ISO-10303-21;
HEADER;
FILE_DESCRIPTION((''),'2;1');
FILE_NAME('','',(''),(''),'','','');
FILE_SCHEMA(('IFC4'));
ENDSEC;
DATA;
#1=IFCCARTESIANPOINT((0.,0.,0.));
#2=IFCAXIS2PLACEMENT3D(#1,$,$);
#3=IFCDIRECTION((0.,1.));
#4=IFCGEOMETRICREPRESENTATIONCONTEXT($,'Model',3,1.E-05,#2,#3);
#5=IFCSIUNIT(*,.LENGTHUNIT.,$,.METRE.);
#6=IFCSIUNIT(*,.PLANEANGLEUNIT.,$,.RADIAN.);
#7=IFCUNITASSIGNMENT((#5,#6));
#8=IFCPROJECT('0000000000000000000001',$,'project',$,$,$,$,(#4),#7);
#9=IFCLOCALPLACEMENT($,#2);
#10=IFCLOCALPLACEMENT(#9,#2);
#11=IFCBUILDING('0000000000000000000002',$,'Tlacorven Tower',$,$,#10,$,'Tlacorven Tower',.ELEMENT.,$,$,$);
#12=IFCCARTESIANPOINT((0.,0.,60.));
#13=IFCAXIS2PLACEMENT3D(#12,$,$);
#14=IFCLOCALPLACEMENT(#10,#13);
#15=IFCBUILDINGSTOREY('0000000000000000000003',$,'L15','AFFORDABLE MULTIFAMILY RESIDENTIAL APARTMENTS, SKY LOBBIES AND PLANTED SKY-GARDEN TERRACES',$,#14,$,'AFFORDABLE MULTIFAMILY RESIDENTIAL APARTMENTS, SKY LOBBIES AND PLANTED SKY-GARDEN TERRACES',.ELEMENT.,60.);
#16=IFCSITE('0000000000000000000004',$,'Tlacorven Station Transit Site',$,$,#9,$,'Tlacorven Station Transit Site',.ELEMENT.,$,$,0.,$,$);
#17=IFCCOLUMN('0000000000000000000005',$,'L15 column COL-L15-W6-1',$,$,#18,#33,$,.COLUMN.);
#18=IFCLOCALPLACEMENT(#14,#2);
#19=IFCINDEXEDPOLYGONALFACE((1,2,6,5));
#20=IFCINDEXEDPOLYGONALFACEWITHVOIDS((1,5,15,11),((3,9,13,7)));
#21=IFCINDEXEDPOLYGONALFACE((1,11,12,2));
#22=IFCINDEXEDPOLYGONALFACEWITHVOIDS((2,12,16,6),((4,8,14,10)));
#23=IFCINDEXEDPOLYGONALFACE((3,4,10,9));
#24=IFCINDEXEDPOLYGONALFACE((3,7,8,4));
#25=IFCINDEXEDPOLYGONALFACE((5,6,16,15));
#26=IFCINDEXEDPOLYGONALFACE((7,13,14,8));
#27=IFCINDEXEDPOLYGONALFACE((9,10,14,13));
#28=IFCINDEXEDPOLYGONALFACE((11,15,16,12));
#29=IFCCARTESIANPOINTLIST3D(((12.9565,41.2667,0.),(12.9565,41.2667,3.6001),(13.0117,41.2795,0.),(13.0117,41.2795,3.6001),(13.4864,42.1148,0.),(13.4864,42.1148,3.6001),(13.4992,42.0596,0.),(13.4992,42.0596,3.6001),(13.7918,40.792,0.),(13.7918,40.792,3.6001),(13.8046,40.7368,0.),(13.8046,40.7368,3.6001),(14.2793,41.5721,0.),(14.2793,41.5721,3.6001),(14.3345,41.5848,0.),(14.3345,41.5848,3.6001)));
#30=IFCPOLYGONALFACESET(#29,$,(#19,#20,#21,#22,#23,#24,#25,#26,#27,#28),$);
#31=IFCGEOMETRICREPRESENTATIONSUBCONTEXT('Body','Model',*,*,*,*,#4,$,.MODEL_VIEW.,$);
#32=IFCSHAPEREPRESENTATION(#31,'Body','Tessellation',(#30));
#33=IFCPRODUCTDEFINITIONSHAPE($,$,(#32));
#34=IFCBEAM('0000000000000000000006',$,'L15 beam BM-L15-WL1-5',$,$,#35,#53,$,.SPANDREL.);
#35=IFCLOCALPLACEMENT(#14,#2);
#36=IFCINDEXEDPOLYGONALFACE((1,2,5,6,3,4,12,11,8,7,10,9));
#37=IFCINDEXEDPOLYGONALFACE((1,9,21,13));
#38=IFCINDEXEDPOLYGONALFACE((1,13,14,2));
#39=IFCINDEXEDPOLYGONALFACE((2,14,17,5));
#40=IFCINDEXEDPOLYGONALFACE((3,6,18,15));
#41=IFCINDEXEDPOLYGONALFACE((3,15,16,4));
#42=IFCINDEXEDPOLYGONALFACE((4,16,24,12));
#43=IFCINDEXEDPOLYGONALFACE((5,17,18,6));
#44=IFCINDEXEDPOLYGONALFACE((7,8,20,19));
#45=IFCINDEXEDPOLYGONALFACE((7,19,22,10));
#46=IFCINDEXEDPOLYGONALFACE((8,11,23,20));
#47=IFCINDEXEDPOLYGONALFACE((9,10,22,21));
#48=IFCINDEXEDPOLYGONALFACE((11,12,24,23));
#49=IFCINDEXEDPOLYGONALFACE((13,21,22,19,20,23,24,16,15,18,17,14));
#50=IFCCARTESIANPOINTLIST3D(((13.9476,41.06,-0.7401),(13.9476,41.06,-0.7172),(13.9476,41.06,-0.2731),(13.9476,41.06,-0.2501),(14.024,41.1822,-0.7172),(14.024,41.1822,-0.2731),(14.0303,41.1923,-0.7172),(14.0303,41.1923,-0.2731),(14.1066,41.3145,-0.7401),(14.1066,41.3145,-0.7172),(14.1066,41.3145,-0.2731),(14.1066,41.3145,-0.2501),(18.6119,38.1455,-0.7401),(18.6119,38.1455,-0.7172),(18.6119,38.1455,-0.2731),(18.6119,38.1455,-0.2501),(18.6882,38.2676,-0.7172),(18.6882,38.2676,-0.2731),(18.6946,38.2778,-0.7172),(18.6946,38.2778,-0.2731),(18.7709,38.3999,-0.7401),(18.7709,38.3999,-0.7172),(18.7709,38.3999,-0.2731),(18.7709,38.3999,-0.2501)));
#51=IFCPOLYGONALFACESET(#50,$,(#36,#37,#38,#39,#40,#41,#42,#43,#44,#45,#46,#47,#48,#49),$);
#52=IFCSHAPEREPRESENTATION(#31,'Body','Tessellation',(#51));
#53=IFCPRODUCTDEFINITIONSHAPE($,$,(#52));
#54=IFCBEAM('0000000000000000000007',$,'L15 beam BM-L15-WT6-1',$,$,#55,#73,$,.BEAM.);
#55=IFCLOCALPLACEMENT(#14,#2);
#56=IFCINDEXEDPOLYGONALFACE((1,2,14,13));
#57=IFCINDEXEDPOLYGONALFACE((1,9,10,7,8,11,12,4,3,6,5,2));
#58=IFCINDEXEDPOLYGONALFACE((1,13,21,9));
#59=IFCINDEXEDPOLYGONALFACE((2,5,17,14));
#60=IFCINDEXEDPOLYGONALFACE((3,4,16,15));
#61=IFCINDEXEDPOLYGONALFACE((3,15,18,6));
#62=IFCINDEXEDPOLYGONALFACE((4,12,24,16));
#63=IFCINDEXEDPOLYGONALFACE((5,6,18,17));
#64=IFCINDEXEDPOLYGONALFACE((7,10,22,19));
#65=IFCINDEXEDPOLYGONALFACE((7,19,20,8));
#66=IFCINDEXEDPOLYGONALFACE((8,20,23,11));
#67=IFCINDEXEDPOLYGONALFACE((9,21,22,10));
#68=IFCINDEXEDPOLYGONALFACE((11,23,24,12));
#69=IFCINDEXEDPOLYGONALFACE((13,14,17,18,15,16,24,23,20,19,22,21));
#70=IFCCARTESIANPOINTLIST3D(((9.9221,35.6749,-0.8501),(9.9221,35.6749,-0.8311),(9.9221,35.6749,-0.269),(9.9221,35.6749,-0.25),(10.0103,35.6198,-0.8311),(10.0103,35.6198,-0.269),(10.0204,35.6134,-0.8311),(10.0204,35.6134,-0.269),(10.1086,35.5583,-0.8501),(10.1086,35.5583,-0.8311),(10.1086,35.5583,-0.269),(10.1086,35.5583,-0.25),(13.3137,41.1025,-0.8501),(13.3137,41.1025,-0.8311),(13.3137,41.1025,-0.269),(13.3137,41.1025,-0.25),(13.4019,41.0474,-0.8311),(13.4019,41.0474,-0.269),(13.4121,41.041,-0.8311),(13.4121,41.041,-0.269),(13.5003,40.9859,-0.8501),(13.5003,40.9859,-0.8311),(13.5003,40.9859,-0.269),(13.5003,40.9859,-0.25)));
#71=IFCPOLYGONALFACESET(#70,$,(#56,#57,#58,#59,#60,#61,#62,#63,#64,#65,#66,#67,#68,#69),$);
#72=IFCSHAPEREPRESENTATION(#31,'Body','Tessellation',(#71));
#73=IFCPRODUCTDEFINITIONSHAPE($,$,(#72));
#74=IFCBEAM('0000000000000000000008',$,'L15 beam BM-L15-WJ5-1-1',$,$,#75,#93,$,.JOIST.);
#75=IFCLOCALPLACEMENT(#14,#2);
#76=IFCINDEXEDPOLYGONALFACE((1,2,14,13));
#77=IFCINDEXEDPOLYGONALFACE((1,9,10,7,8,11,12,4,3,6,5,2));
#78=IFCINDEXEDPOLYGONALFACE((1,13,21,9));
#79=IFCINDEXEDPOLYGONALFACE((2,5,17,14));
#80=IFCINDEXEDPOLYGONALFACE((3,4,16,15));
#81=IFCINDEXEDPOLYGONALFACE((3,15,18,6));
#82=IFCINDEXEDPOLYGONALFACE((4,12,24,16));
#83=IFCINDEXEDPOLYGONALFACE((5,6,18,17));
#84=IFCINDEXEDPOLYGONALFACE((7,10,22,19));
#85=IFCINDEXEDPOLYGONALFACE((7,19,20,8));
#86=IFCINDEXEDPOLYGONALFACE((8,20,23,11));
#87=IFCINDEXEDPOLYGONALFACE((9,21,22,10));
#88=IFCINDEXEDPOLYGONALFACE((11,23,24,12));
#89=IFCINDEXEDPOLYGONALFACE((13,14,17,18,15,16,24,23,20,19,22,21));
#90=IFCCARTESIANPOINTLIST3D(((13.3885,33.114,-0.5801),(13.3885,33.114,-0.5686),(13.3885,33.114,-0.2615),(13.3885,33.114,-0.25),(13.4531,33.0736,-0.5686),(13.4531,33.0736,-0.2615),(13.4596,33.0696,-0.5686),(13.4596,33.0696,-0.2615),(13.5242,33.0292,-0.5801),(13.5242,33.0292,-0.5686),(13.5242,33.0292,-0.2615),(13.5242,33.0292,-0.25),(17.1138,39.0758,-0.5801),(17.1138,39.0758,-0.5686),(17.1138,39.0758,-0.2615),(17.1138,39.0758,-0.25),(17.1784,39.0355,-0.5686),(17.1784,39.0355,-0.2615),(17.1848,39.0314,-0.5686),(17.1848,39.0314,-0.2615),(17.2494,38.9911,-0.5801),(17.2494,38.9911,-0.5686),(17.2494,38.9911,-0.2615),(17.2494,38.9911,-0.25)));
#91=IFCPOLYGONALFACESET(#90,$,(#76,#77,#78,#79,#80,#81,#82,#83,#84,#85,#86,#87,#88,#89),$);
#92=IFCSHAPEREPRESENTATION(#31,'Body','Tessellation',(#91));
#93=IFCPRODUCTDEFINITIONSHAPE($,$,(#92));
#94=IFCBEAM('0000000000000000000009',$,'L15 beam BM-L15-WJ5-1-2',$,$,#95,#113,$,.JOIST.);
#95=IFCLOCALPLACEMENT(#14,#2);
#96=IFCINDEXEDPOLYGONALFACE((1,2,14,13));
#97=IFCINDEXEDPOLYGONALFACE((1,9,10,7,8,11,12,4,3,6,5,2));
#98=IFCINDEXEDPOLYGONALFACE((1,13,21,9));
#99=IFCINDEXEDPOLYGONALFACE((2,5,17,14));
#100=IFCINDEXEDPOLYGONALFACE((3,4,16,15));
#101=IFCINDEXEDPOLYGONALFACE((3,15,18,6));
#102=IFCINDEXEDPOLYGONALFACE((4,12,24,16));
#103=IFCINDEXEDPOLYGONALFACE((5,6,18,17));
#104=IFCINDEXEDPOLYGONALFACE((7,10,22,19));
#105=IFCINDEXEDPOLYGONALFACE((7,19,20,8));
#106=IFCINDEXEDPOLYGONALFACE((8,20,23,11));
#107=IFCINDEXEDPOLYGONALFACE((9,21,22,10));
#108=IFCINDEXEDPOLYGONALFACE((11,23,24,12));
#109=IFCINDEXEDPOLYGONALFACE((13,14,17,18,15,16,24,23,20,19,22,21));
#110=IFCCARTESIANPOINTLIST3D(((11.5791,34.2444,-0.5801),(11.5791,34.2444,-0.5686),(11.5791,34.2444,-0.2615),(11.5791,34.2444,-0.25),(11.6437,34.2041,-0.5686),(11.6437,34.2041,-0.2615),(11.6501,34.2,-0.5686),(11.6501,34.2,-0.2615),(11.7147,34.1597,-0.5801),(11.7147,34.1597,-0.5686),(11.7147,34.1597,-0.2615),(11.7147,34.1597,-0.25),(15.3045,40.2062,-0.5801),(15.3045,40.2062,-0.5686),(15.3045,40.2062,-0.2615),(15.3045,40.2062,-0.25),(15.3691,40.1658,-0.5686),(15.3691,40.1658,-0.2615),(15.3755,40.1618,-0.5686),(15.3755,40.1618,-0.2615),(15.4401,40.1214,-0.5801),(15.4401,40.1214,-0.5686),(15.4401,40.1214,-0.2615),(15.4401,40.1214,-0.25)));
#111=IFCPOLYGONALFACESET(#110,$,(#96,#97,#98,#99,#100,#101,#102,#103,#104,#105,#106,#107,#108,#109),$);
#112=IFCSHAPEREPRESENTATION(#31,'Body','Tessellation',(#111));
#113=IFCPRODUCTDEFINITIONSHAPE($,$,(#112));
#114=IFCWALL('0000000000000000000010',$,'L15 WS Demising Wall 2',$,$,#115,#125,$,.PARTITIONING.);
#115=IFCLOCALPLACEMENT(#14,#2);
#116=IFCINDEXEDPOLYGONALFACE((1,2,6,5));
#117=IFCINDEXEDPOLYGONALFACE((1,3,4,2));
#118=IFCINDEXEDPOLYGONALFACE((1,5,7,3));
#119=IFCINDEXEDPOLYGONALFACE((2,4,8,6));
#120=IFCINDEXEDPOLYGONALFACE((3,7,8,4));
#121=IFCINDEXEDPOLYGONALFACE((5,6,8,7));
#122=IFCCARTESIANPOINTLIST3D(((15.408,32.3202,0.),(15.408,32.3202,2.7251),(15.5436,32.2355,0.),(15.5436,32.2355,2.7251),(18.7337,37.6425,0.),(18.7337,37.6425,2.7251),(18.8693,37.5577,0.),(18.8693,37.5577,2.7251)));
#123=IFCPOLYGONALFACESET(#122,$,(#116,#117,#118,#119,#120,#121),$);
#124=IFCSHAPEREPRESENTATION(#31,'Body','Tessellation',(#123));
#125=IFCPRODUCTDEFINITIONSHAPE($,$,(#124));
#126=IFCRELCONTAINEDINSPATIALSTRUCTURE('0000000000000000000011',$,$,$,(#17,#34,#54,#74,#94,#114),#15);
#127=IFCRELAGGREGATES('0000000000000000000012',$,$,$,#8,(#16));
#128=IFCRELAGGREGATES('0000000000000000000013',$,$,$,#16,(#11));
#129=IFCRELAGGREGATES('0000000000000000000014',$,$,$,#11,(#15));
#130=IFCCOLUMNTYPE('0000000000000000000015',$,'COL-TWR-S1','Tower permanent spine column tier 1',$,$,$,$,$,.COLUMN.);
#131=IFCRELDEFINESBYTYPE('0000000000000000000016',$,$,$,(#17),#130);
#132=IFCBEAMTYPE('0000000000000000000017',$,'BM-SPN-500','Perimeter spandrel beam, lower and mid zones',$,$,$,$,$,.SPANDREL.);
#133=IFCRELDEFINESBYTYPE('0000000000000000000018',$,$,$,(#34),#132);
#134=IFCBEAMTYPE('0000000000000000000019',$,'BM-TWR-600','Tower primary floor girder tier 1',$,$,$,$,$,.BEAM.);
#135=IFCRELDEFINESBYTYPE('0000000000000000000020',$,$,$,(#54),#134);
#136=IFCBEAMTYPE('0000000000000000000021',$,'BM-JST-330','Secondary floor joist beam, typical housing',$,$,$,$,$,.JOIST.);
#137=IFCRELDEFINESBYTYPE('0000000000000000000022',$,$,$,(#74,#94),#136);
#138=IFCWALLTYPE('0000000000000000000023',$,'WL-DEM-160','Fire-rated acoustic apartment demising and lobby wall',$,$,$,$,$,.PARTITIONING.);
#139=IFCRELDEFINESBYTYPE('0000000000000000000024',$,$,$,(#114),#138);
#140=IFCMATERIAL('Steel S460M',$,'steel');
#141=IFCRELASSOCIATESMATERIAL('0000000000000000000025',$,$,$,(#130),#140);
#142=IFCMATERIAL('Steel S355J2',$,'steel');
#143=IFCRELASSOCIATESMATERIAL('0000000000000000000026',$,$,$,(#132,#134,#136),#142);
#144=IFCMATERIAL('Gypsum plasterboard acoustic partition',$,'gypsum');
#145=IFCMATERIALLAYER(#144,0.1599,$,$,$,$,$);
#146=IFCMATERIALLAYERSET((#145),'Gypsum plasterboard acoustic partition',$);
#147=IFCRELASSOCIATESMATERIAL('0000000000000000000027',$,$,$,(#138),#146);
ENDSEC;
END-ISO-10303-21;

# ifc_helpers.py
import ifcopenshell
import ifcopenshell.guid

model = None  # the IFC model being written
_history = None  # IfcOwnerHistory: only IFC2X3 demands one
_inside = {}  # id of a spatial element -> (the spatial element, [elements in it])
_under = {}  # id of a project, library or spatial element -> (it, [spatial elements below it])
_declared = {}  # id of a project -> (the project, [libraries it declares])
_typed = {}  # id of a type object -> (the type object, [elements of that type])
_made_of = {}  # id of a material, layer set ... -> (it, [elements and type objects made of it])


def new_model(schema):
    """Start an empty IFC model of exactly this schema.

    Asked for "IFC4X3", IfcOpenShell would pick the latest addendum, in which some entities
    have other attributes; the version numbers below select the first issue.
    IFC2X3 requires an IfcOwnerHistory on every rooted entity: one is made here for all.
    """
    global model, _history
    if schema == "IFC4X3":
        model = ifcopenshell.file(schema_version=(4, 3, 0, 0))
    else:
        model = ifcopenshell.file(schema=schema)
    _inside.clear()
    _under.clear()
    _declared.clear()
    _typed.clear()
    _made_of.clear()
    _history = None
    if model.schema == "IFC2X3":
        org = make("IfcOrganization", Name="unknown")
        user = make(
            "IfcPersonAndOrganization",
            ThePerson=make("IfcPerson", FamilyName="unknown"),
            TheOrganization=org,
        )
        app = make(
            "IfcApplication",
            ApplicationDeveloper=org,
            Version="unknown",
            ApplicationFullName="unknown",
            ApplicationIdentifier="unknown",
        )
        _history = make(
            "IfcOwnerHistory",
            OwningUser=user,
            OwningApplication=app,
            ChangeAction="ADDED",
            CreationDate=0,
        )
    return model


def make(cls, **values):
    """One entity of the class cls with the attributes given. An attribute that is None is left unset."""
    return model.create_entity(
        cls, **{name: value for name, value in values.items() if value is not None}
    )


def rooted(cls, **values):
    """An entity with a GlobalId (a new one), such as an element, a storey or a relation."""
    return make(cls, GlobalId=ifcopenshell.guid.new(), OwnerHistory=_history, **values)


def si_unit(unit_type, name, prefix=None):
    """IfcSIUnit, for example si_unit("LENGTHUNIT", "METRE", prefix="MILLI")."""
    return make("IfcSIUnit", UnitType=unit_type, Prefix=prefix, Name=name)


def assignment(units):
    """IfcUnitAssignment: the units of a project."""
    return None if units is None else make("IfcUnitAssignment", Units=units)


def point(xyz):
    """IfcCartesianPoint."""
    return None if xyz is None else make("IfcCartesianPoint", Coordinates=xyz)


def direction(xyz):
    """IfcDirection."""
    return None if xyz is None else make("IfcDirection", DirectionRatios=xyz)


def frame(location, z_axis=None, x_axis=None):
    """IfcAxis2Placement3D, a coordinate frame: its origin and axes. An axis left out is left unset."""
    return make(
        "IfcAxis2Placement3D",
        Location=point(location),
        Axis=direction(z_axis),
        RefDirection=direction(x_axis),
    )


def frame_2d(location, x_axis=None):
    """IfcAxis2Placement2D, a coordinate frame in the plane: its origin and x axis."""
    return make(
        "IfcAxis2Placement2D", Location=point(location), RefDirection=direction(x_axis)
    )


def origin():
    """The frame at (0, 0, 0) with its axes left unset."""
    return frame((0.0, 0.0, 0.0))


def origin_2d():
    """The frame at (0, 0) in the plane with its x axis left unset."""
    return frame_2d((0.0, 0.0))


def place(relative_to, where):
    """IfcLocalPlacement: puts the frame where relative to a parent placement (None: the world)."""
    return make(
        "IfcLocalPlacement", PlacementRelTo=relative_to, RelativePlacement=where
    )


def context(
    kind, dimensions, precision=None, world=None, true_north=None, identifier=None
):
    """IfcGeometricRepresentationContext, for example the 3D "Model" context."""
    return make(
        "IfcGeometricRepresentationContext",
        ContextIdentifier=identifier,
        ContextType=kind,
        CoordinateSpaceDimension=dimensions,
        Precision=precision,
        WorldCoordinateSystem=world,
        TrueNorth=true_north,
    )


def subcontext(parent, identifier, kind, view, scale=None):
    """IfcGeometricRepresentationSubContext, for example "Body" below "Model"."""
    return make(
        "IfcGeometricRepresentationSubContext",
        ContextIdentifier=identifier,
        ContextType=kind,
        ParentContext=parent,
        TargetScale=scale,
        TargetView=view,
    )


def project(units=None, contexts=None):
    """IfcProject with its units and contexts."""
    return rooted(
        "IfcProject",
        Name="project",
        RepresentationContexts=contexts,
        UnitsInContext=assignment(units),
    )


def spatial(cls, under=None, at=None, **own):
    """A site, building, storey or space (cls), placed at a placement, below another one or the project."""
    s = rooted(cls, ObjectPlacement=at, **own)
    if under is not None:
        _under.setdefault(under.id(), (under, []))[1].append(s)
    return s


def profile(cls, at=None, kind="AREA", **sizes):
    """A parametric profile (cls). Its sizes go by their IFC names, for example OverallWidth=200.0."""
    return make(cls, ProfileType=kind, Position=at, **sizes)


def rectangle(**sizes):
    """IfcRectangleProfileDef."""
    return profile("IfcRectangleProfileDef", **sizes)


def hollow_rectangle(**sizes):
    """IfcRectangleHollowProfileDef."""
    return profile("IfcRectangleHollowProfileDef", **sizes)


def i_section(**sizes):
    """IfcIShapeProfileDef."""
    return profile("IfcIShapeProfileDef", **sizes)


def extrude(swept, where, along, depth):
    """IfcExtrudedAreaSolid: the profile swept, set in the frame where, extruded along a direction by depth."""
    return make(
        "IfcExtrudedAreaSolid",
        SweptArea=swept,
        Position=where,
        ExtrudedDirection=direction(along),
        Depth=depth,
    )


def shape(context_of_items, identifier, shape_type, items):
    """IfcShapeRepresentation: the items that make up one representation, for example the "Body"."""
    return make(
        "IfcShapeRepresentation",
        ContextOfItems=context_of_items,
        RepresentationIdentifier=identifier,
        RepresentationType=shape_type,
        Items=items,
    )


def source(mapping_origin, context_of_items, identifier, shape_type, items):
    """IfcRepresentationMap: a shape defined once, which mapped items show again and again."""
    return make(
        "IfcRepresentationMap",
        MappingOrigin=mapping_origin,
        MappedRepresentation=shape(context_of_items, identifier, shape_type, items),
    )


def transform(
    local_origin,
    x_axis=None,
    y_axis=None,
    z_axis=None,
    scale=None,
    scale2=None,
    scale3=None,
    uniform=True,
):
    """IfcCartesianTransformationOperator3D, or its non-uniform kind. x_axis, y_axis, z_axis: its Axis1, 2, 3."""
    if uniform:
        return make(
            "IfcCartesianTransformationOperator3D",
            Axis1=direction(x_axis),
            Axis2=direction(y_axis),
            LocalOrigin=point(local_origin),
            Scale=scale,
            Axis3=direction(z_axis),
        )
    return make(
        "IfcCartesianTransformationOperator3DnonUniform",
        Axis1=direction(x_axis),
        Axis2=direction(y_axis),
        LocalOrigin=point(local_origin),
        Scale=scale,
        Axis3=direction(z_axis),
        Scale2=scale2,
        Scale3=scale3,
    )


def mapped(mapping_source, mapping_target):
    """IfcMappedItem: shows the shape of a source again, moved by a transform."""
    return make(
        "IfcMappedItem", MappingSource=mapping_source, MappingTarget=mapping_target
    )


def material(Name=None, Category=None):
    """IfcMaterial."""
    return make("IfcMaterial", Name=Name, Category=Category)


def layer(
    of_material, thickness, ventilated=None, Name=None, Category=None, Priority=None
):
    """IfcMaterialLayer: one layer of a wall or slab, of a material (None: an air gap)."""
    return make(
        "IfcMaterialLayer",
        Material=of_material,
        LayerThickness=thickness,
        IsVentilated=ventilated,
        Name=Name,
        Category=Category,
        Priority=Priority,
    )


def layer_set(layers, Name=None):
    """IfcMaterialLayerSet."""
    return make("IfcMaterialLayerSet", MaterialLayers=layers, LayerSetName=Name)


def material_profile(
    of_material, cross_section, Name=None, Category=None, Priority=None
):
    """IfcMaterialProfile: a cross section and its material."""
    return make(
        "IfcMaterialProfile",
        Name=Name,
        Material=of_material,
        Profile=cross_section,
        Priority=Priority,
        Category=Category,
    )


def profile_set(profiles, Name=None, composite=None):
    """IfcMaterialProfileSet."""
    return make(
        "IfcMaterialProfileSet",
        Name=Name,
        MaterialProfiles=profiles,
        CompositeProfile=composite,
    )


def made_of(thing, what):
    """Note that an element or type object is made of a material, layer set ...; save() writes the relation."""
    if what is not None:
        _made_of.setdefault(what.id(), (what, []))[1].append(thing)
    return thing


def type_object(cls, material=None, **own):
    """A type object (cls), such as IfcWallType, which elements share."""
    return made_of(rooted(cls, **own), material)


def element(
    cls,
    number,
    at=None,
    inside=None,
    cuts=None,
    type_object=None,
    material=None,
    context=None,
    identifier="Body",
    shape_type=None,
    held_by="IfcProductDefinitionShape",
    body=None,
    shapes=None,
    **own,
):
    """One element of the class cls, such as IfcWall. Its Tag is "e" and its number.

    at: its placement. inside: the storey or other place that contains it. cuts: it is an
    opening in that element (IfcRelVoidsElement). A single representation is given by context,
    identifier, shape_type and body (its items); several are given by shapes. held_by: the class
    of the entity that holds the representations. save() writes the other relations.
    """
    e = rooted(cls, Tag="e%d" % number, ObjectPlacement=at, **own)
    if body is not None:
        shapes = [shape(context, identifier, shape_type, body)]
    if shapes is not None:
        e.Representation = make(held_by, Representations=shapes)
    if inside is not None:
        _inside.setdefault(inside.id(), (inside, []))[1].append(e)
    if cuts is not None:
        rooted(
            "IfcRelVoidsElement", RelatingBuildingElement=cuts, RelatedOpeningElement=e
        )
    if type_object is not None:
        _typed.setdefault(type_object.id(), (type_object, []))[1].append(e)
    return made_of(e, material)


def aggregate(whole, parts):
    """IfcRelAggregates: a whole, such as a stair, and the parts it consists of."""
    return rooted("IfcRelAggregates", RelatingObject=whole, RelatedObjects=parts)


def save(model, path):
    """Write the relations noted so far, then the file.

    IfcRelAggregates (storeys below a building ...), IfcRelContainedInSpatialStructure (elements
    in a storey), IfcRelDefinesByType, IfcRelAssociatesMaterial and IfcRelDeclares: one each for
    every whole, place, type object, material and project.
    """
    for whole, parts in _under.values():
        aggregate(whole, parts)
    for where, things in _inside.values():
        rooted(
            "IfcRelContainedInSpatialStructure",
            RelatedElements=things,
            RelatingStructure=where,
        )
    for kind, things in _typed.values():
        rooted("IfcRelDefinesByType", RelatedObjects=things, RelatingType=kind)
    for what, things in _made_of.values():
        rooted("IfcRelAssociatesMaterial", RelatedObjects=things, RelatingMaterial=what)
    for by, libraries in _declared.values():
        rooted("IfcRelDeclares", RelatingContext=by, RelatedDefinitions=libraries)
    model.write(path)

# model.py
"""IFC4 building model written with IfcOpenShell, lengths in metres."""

from ifc_helpers import new_model, si_unit, direction, frame, frame_2d, origin, origin_2d, place, context, subcontext, project, spatial, rectangle, hollow_rectangle, i_section, extrude, source, transform, mapped, material, layer, layer_set, material_profile, profile_set, type_object, element, save


model = new_model("IFC4")

# Units and contexts
model_context = context("Model", 3, precision=1e-05, world=origin(), true_north=direction((0.0, 1.0)))
body_context = subcontext(model_context, "Body", "Model", "MODEL_VIEW")
ifc_project = project(units=[si_unit("LENGTHUNIT", "METRE"), si_unit("PLANEANGLEUNIT", "RADIAN")], contexts=[model_context])

# Site, building, storey
site_placement = place(None, origin())
site = spatial("IfcSite", under=ifc_project, at=site_placement, Name="Tlacorven Station Transit Site", LongName="Tlacorven Station Transit Site", CompositionType="ELEMENT", RefElevation=0.0)
building_placement = place(site_placement, origin())
building = spatial("IfcBuilding", under=site, at=building_placement, Name="Tlacorven Tower", LongName="Tlacorven Tower", CompositionType="ELEMENT")
storey_placement = place(building_placement, frame((0.0, 0.0, 60.0)))
storey = spatial("IfcBuildingStorey", under=building, at=storey_placement, Name="L15", Description="AFFORDABLE MULTIFAMILY RESIDENTIAL APARTMENTS, SKY LOBBIES AND PLANTED SKY-GARDEN TERRACES", LongName="AFFORDABLE MULTIFAMILY RESIDENTIAL APARTMENTS, SKY LOBBIES AND PLANTED SKY-GARDEN TERRACES", CompositionType="ELEMENT", Elevation=60.0)

# Column
ifc_material_1 = material(Name="Steel S460M", Category="steel")
ifc_material_profile_1 = material_profile(ifc_material_1, hollow_rectangle(XDim=1.0, YDim=1.0, WallThickness=0.04, at=origin_2d()), Name="BOX 1000X1000X40")
ifc_profile_set_1 = profile_set([ifc_material_profile_1], Name="Steel S460M")
column_type = type_object("IfcColumnType", Name="COL-TWR-S1", Description="Tower permanent spine column tier 1", PredefinedType="COLUMN", material=ifc_profile_set_1)
shared_shape_1 = source(origin(), body_context, "Body", "SweptSolid", [
    extrude(hollow_rectangle(XDim=1.0, YDim=1.0, WallThickness=0.04, at=origin_2d()), origin(), (0.0, 0.0, 1.0), 3.6001),
])
column_placement = place(storey_placement, frame((13.6455, 41.4258, 0.0), z_axis=(0.0, 0.0, 1.0), x_axis=(-0.848048, 0.529919, 0.0)))
element("IfcColumn", 1, at=column_placement, inside=storey, type_object=column_type, Name="L15 column COL-L15-W6-1", PredefinedType="COLUMN", context=body_context, shape_type="MappedRepresentation", body=[
    mapped(shared_shape_1, transform((0.0, 0.0, 0.0), scale=1.0)),
])

# Beams
ifc_material_2 = material(Name="Steel S355J2", Category="steel")
ifc_material_profile_2 = material_profile(ifc_material_2, i_section(OverallWidth=0.3, OverallDepth=0.49, WebThickness=0.012, FlangeThickness=0.0229, at=origin_2d()), Name="HEA 500")
ifc_profile_set_2 = profile_set([ifc_material_profile_2], Name="Steel S355J2")
beam_type_1 = type_object("IfcBeamType", Name="BM-SPN-500", Description="Perimeter spandrel beam, lower and mid zones", PredefinedType="SPANDREL", material=ifc_profile_set_2)
shared_shape_2 = source(origin(), body_context, "Body", "SweptSolid", [
    extrude(i_section(OverallWidth=0.3, OverallDepth=0.49, WebThickness=0.012, FlangeThickness=0.0229, at=origin_2d()), origin(), (0.0, 0.0, 1.0), 5.5),
])
beam_1_placement = place(storey_placement, frame((18.6914, 38.2727, -0.4951), z_axis=(-0.848051, 0.529915, 0.0), x_axis=(-0.529915, -0.848051, 0.0)))
element("IfcBeam", 2, at=beam_1_placement, inside=storey, type_object=beam_type_1, Name="L15 beam BM-L15-WL1-5", PredefinedType="SPANDREL", context=body_context, shape_type="MappedRepresentation", body=[
    mapped(shared_shape_2, transform((0.0, 0.0, 0.0), scale=1.0)),
])
ifc_material_profile_3 = material_profile(ifc_material_2, i_section(OverallWidth=0.22, OverallDepth=0.6001, WebThickness=0.012, FlangeThickness=0.019, at=origin_2d()), Name="IPE 600")
ifc_profile_set_3 = profile_set([ifc_material_profile_3], Name="Steel S355J2")
beam_type_2 = type_object("IfcBeamType", Name="BM-TWR-600", Description="Tower primary floor girder tier 1", PredefinedType="BEAM", material=ifc_profile_set_3)
shared_shape_3 = source(origin(), body_context, "Body", "SweptSolid", [
    extrude(i_section(OverallWidth=0.22, OverallDepth=0.6001, WebThickness=0.012, FlangeThickness=0.019, at=origin_2d()), origin(), (0.0, 0.0, 1.0), 6.4001),
])
beam_2_placement = place(storey_placement, frame((13.407, 41.0442, -0.55), z_axis=(-0.529934, -0.848039, 0.0), x_axis=(0.848039, -0.529934, 0.0)))
element("IfcBeam", 3, at=beam_2_placement, inside=storey, type_object=beam_type_2, Name="L15 beam BM-L15-WT6-1", PredefinedType="BEAM", context=body_context, shape_type="MappedRepresentation", body=[
    mapped(shared_shape_3, transform((0.0, 0.0, 0.0), scale=1.0)),
])
ifc_material_profile_4 = material_profile(ifc_material_2, i_section(OverallWidth=0.1599, OverallDepth=0.3301, WebThickness=0.0076, FlangeThickness=0.0115, at=origin_2d()), Name="IPE 330")
ifc_profile_set_4 = profile_set([ifc_material_profile_4], Name="Steel S355J2")
beam_type_3 = type_object("IfcBeamType", Name="BM-JST-330", Description="Secondary floor joist beam, typical housing", PredefinedType="JOIST", material=ifc_profile_set_4)
shared_shape_4 = source(origin(), body_context, "Body", "SweptSolid", [
    extrude(i_section(OverallWidth=0.1599, OverallDepth=0.3301, WebThickness=0.0076, FlangeThickness=0.0115, at=origin_2d()), origin(), (0.0, 0.0, 1.0), 7.03),
])
for number, where, z_axis, x_axis, name in (
    (4, (17.1816, 39.0334, -0.415), (-0.529912, -0.848053, 0.0), (0.848053, -0.529912, 0.0), "L15 beam BM-L15-WJ5-1-1"),
    (5, (15.3723, 40.1638, -0.415), (-0.529927, -0.848043, 0.0), (0.848043, -0.529927, 0.0), "L15 beam BM-L15-WJ5-1-2"),
):
    element("IfcBeam", number, at=place(storey_placement, frame(where, z_axis=z_axis, x_axis=x_axis)), inside=storey, type_object=beam_type_3, Name=name, PredefinedType="JOIST", context=body_context, shape_type="MappedRepresentation", body=[
        mapped(shared_shape_4, transform((0.0, 0.0, 0.0), scale=1.0)),
    ])

# Wall
ifc_material_3 = material(Name="Gypsum plasterboard acoustic partition", Category="gypsum")
ifc_layer_1 = layer(ifc_material_3, 0.1599)
ifc_layer_set_1 = layer_set([ifc_layer_1], Name="Gypsum plasterboard acoustic partition")
wall_type_1 = type_object("IfcWallType", Name="WL-DEM-160", Description="Fire-rated acoustic apartment demising and lobby wall", PredefinedType="PARTITIONING", material=ifc_layer_set_1)
wall_1_placement = place(storey_placement, frame((18.8015, 37.6001, 0.0), z_axis=(0.0, 0.0, 1.0), x_axis=(-0.529915, -0.848051, 0.0)))
element("IfcWall", 6, at=wall_1_placement, inside=storey, type_object=wall_type_1, Name="L15 WS Demising Wall 2", PredefinedType="PARTITIONING", context=body_context, shape_type="SweptSolid", body=[
    extrude(rectangle(XDim=6.2759, YDim=0.1599, at=frame_2d((3.1379, 0.0))), origin(), (0.0, 0.0, 1.0), 2.7251),
])

save(model, "model.ifc")
